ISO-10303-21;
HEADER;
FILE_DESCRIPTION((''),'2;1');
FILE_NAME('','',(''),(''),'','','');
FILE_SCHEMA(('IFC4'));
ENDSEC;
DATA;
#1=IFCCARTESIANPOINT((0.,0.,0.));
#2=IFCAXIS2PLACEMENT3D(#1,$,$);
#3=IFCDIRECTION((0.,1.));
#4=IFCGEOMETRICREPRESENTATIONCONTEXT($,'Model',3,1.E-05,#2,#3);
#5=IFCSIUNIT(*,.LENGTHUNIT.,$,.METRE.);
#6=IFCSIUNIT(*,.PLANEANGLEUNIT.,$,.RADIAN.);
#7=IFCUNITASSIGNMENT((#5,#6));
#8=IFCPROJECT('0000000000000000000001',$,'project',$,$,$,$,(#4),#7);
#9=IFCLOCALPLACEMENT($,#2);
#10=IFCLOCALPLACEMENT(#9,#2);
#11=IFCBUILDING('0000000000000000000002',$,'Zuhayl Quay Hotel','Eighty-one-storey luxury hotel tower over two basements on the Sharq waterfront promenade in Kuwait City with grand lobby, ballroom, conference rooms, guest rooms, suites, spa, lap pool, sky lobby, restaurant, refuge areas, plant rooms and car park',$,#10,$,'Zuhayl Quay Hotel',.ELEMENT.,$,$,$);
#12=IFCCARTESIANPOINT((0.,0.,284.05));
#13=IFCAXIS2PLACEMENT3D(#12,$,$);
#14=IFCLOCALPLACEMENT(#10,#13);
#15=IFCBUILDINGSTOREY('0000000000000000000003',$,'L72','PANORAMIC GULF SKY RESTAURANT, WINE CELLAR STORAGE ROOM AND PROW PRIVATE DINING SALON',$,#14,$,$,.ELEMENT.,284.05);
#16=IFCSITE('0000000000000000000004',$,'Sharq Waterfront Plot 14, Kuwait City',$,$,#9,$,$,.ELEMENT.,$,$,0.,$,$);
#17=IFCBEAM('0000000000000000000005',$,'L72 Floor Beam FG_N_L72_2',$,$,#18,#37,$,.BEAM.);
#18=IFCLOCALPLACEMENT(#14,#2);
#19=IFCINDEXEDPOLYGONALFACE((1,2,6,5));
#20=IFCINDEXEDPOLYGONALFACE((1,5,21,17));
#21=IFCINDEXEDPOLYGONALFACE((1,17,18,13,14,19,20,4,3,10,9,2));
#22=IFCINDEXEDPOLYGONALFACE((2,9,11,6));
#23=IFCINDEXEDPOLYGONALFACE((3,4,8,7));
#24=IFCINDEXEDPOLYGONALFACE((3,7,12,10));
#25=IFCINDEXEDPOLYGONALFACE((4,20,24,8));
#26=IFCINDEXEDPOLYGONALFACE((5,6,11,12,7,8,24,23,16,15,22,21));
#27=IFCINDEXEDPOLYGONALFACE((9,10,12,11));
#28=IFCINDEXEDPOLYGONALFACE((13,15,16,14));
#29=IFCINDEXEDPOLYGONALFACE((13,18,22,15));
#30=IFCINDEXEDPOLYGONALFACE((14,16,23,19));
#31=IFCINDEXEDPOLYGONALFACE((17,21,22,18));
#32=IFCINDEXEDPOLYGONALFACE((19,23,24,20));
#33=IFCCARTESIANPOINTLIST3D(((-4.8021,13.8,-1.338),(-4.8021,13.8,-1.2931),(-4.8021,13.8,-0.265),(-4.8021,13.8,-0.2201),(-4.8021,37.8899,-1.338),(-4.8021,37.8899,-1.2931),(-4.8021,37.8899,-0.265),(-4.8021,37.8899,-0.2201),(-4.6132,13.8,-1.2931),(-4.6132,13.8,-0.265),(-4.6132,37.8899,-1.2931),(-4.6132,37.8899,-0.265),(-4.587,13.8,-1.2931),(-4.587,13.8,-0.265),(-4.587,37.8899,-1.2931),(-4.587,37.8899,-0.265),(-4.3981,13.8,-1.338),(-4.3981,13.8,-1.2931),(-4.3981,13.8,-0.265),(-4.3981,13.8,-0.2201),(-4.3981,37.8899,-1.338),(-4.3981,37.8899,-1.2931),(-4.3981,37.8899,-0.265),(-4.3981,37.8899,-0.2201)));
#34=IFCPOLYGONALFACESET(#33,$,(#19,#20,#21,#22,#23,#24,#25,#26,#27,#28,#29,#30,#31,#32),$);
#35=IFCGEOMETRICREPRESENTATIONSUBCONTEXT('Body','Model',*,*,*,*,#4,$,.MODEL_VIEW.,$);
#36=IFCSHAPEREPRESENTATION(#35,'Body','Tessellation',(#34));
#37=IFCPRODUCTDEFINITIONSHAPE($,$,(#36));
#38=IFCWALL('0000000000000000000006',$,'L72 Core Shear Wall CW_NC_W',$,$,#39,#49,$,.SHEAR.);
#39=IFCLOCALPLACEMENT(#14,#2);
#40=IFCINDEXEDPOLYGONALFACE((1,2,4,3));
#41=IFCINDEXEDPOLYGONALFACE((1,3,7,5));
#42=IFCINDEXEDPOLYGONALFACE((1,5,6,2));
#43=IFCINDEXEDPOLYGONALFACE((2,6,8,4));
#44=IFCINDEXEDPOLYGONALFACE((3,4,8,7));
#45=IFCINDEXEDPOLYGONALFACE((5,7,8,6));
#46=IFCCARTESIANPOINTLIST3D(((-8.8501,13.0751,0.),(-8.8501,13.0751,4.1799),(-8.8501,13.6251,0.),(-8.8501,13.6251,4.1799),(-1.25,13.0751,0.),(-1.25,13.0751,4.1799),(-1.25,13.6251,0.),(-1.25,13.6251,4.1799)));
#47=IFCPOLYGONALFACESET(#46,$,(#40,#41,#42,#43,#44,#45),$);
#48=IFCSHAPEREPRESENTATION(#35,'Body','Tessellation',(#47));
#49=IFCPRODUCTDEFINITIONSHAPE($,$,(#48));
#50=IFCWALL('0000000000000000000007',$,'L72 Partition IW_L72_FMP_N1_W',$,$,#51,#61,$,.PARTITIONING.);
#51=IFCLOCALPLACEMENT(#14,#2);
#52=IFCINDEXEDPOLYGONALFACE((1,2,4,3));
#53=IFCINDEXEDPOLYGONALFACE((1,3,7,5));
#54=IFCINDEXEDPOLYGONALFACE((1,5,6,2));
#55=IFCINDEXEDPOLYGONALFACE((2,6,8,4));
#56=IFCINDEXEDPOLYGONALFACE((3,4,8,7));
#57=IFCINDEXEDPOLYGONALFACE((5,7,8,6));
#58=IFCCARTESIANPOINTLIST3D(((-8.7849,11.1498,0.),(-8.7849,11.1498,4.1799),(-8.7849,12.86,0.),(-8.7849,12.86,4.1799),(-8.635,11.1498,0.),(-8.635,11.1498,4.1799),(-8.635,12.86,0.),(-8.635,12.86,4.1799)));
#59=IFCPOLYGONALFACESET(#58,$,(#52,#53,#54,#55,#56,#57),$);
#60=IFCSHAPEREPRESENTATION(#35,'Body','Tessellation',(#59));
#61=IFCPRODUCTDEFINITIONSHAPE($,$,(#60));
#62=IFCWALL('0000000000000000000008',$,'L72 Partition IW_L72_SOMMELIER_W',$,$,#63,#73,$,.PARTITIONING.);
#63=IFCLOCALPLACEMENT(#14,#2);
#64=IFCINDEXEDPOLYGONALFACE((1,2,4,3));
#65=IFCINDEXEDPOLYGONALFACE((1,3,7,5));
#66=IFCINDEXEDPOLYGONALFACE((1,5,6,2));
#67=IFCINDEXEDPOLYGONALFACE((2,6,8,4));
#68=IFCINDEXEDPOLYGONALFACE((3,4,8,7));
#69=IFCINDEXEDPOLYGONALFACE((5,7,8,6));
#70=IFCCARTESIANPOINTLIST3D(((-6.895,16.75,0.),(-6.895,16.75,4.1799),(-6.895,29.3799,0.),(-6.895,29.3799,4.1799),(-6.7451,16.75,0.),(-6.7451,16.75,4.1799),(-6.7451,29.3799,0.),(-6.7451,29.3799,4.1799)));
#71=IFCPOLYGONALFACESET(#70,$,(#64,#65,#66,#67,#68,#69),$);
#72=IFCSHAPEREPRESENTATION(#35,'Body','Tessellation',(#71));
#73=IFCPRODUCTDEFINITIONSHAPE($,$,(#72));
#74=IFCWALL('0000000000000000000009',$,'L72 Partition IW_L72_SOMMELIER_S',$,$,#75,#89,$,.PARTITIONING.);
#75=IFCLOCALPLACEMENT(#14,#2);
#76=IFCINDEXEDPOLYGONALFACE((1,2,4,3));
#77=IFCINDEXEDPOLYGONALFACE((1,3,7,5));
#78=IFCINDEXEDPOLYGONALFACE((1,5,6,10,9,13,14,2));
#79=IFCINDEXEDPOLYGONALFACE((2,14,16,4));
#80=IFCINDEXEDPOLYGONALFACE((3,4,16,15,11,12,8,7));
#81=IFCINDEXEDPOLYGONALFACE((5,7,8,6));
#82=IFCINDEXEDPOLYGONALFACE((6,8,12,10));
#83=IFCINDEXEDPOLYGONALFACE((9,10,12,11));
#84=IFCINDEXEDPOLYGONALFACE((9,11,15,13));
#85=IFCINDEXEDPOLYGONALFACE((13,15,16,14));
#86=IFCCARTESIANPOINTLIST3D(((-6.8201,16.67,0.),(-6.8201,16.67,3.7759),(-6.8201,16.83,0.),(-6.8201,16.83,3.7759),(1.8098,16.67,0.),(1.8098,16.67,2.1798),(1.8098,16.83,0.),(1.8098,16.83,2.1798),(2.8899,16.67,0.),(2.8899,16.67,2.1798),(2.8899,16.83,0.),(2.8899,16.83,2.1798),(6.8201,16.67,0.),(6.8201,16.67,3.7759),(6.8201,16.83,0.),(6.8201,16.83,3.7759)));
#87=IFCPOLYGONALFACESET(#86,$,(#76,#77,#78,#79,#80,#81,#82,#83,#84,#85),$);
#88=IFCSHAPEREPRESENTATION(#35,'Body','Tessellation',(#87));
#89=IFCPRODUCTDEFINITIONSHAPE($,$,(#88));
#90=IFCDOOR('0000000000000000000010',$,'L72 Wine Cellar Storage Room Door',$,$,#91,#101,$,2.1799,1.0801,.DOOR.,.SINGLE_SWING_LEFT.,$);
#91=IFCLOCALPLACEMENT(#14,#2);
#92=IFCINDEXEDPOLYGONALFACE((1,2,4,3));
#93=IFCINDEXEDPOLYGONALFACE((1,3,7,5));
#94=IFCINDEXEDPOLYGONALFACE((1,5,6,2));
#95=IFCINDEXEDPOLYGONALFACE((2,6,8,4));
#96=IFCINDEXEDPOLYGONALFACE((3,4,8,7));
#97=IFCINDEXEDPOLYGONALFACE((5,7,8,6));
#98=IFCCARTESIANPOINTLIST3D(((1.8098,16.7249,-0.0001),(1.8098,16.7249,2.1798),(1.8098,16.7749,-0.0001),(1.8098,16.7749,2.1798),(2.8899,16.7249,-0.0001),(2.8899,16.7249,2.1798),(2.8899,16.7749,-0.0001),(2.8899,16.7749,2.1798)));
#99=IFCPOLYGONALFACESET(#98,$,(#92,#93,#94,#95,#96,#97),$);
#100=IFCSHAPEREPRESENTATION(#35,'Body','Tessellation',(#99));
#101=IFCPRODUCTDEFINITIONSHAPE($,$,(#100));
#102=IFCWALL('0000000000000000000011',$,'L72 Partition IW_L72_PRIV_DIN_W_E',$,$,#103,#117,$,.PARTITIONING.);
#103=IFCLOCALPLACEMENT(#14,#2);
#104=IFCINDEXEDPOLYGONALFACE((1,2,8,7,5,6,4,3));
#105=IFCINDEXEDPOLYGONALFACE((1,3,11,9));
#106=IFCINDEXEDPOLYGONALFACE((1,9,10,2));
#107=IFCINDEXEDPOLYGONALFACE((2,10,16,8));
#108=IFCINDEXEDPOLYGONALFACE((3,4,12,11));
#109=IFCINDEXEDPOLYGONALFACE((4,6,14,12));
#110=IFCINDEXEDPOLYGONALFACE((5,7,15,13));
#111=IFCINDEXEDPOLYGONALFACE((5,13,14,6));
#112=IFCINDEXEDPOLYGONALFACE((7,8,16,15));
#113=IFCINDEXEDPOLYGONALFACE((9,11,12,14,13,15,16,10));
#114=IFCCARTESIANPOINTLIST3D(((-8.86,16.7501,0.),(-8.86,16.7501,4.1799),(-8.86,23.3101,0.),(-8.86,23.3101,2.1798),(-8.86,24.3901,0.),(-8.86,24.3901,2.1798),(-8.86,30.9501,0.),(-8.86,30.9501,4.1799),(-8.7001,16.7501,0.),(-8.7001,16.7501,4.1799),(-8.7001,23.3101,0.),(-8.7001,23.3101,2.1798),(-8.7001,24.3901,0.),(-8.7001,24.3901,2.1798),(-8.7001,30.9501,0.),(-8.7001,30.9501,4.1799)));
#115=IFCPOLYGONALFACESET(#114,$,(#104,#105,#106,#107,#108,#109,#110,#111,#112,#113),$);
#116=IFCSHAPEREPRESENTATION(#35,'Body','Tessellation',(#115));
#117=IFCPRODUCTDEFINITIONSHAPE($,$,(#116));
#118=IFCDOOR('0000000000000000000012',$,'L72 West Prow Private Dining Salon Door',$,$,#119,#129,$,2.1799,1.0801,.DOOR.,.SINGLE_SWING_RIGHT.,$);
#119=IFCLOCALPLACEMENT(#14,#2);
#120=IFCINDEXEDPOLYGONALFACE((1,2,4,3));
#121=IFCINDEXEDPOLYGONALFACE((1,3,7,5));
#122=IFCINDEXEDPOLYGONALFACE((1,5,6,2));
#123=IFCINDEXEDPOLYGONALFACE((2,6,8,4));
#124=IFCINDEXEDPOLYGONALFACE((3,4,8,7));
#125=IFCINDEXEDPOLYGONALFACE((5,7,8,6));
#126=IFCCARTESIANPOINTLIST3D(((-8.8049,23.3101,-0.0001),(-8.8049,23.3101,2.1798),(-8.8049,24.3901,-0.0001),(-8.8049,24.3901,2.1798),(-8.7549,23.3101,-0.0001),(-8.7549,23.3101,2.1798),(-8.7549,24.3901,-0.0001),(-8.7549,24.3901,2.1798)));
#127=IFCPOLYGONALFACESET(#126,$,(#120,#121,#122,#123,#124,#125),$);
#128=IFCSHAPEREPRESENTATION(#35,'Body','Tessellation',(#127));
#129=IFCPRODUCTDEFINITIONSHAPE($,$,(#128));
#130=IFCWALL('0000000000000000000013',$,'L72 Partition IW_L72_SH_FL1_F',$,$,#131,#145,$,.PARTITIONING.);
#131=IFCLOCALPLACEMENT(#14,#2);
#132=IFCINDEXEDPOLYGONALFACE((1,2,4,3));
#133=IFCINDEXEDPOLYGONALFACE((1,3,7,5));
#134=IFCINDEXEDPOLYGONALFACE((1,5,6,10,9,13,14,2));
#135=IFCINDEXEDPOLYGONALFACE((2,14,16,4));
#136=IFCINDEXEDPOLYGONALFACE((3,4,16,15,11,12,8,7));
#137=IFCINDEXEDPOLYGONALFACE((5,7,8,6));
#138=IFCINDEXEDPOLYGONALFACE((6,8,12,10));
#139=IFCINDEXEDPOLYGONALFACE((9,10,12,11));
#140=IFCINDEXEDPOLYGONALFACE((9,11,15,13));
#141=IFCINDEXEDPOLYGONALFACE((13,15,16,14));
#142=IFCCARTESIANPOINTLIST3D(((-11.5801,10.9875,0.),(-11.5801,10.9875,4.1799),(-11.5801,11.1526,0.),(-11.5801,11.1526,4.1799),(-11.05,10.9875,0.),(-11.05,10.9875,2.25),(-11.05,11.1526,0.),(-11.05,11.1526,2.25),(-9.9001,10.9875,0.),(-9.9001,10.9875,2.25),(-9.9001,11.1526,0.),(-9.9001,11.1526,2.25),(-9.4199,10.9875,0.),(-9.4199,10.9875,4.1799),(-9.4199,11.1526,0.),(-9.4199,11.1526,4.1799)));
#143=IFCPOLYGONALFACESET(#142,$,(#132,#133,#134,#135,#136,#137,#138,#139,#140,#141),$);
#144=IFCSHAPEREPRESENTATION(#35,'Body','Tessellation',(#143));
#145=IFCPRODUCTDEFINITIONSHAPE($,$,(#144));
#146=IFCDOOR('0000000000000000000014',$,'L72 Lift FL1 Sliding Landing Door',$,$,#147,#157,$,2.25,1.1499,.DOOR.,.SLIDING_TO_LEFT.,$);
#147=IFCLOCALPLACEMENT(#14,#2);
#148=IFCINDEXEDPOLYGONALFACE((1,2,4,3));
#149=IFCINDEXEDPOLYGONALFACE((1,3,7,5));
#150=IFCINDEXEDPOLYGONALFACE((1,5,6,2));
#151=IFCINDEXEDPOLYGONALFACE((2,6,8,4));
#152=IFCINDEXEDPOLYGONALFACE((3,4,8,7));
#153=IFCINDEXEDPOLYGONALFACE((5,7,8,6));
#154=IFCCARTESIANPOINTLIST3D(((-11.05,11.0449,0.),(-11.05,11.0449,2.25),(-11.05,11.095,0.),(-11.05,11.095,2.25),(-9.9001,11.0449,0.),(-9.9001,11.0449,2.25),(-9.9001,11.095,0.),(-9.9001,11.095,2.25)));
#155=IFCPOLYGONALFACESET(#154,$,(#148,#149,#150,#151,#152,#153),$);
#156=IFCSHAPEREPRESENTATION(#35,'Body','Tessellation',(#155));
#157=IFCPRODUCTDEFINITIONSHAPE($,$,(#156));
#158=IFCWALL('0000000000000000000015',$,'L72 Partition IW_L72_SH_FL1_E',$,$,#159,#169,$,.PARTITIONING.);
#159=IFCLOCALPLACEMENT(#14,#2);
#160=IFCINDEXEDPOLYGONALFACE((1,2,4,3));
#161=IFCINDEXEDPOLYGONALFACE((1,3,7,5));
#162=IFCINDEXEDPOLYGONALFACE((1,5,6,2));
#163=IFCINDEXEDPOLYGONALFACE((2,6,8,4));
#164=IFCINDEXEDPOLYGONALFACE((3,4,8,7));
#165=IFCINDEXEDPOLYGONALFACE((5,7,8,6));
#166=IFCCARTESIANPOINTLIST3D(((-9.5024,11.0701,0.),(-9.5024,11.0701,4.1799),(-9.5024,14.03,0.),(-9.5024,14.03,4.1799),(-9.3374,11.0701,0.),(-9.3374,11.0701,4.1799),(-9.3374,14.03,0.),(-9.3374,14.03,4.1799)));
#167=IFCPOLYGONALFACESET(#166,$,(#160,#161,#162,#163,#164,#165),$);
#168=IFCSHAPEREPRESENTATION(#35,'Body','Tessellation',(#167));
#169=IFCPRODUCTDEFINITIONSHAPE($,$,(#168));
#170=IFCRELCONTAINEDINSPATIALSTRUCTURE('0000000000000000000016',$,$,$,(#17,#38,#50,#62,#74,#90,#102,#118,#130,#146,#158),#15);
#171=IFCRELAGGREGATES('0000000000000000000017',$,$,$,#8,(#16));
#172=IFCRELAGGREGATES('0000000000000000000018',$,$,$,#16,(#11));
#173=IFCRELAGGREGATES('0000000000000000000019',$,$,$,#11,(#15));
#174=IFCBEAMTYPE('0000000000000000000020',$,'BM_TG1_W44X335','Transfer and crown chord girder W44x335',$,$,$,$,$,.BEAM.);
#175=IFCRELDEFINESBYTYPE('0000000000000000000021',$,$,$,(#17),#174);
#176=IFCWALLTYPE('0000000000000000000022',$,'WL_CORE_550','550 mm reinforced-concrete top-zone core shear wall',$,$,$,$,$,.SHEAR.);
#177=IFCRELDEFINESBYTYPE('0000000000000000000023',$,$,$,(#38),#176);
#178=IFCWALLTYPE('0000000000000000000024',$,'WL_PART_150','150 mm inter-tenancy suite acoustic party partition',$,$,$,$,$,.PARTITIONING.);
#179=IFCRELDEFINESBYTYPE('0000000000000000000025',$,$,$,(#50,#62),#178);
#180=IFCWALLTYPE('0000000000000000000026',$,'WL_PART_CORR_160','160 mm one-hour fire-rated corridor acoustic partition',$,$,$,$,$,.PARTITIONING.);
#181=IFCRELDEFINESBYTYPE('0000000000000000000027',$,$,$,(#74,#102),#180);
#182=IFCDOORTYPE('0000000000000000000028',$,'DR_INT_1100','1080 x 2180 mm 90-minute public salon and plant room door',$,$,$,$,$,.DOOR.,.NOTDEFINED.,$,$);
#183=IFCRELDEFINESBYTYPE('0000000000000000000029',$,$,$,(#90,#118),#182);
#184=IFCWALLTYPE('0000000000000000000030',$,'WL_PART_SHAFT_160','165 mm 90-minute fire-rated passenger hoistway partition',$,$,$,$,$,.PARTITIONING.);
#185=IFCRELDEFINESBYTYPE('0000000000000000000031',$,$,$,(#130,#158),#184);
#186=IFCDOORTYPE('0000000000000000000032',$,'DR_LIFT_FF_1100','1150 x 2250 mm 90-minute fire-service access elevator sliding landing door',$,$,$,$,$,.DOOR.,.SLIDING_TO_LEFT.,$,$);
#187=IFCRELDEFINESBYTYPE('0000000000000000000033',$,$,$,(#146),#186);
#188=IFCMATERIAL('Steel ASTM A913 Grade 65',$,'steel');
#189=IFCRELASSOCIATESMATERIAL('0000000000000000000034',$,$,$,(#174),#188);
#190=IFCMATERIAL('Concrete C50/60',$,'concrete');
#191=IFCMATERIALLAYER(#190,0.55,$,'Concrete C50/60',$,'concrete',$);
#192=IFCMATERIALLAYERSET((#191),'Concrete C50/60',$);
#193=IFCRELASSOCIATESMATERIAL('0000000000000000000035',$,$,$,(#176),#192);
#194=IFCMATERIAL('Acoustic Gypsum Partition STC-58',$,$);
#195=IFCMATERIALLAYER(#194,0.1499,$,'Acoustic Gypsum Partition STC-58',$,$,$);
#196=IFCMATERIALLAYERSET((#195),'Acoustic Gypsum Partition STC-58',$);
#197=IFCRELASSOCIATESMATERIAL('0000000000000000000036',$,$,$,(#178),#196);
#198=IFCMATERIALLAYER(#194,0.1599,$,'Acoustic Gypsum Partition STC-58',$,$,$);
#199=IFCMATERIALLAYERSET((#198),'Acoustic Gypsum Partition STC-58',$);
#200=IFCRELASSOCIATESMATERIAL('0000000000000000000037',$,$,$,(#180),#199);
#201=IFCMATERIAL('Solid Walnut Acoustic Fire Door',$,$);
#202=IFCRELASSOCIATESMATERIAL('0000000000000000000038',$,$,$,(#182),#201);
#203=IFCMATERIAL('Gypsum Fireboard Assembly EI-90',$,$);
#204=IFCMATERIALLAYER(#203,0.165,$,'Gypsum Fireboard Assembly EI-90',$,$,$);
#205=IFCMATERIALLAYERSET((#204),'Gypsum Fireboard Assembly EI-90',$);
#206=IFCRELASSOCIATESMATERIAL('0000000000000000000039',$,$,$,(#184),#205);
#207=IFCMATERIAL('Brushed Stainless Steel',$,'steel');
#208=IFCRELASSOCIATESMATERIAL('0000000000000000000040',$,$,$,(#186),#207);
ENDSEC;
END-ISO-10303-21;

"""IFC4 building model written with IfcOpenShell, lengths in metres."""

from ifc_helpers import new_model, si_unit, direction, frame, frame_2d, origin, origin_2d, place, context, subcontext, project, spatial, rectangle, i_section, extrude, material, layer, layer_set, material_profile, profile_set, type_object, element, fill, save


model = new_model("IFC4")

# Units and contexts
model_context = context("Model", 3, precision=1e-05, world=origin(), true_north=direction((0.0, 1.0)))
body_context = subcontext(model_context, "Body", "Model", "MODEL_VIEW")
ifc_project = project(units=[si_unit("LENGTHUNIT", "METRE"), si_unit("PLANEANGLEUNIT", "RADIAN")], contexts=[model_context])

# Site, building, storey
site_placement = place(None, origin())
site = spatial("IfcSite", under=ifc_project, at=site_placement, Name="Sharq Waterfront Plot 14, Kuwait City", CompositionType="ELEMENT", RefElevation=0.0)
building_placement = place(site_placement, origin())
building = spatial("IfcBuilding", under=site, at=building_placement, Name="Zuhayl Quay Hotel", Description="Eighty-one-storey luxury hotel tower over two basements on the Sharq waterfront promenade in Kuwait City with grand lobby, ballroom, conference rooms, guest rooms, suites, spa, lap pool, sky lobby, restaurant, refuge areas, plant rooms and car park", LongName="Zuhayl Quay Hotel", CompositionType="ELEMENT")
storey_placement = place(building_placement, frame((0.0, 0.0, 284.05)))
storey = spatial("IfcBuildingStorey", under=building, at=storey_placement, Name="L72", Description="PANORAMIC GULF SKY RESTAURANT, WINE CELLAR STORAGE ROOM AND PROW PRIVATE DINING SALON", CompositionType="ELEMENT", Elevation=284.05)

# Beam
ifc_material_1 = material(Name="Steel ASTM A913 Grade 65", Category="steel")
ifc_material_profile_1 = material_profile(ifc_material_1, i_section(OverallWidth=0.4041, OverallDepth=1.1179, WebThickness=0.0261, FlangeThickness=0.0449, at=origin_2d()), Name="W44X335")
ifc_profile_set_1 = profile_set([ifc_material_profile_1], Name="Steel ASTM A913 Grade 65")
beam_type_1 = type_object("IfcBeamType", Name="BM_TG1_W44X335", Description="Transfer and crown chord girder W44x335", PredefinedType="BEAM", material=ifc_profile_set_1)
beam_1_placement = place(storey_placement, frame((-4.6001, 13.8, -0.7791), z_axis=(0.0, 1.0, 0.0), x_axis=(-1.0, 0.0, 0.0)))
element("IfcBeam", 1, at=beam_1_placement, inside=storey, type_object=beam_type_1, Name="L72 Floor Beam FG_N_L72_2", PredefinedType="BEAM", context=body_context, shape_type="SweptSolid", body=[
    extrude(i_section(OverallWidth=0.4041, OverallDepth=1.1179, WebThickness=0.0261, FlangeThickness=0.0449, at=origin_2d()), origin(), (0.0, 0.0, 1.0), 24.0898),
])

# Walls
ifc_material_2 = material(Name="Concrete C50/60", Category="concrete")
ifc_layer_1 = layer(ifc_material_2, 0.55, Name="Concrete C50/60", Category="concrete")
ifc_layer_set_1 = layer_set([ifc_layer_1], Name="Concrete C50/60")
wall_type_1 = type_object("IfcWallType", Name="WL_CORE_550", Description="550 mm reinforced-concrete top-zone core shear wall", PredefinedType="SHEAR", material=ifc_layer_set_1)
wall_1_placement = place(storey_placement, frame((-8.8501, 13.3501, 0.0), z_axis=(0.0, 0.0, 1.0), x_axis=(1.0, 0.0, 0.0)))
element("IfcWall", 2, at=wall_1_placement, inside=storey, type_object=wall_type_1, Name="L72 Core Shear Wall CW_NC_W", PredefinedType="SHEAR", context=body_context, shape_type="SweptSolid", body=[
    extrude(rectangle(XDim=7.6001, YDim=0.55, at=frame_2d((3.8, 0.0))), origin(), (0.0, 0.0, 1.0), 4.1799),
])
ifc_material_3 = material(Name="Acoustic Gypsum Partition STC-58")
ifc_layer_2 = layer(ifc_material_3, 0.1499, Name="Acoustic Gypsum Partition STC-58")
ifc_layer_set_2 = layer_set([ifc_layer_2], Name="Acoustic Gypsum Partition STC-58")
wall_type_2 = type_object("IfcWallType", Name="WL_PART_150", Description="150 mm inter-tenancy suite acoustic party partition", PredefinedType="PARTITIONING", material=ifc_layer_set_2)
wall_2_placement = place(storey_placement, frame((-8.71, 11.1499, 0.0), z_axis=(0.0, 0.0, 1.0), x_axis=(0.0, 1.0, 0.0)))
element("IfcWall", 3, at=wall_2_placement, inside=storey, type_object=wall_type_2, Name="L72 Partition IW_L72_FMP_N1_W", PredefinedType="PARTITIONING", context=body_context, shape_type="SweptSolid", body=[
    extrude(rectangle(XDim=1.7102, YDim=0.1499, at=frame_2d((0.855, 0.0))), origin(), (0.0, 0.0, 1.0), 4.1799),
])
wall_3_placement = place(storey_placement, frame((-6.8201, 16.75, 0.0), z_axis=(0.0, 0.0, 1.0), x_axis=(0.0, 1.0, 0.0)))
element("IfcWall", 4, at=wall_3_placement, inside=storey, type_object=wall_type_2, Name="L72 Partition IW_L72_SOMMELIER_W", PredefinedType="PARTITIONING", context=body_context, shape_type="SweptSolid", body=[
    extrude(rectangle(XDim=12.6299, YDim=0.1499, at=frame_2d((6.3149, 0.0))), origin(), (0.0, 0.0, 1.0), 4.1799),
])

# Walls, openings, doors
ifc_layer_3 = layer(ifc_material_3, 0.1599, Name="Acoustic Gypsum Partition STC-58")
ifc_layer_set_3 = layer_set([ifc_layer_3], Name="Acoustic Gypsum Partition STC-58")
wall_type_3 = type_object("IfcWallType", Name="WL_PART_CORR_160", Description="160 mm one-hour fire-rated corridor acoustic partition", PredefinedType="PARTITIONING", material=ifc_layer_set_3)
wall_4_placement = place(storey_placement, frame((-6.8201, 16.75, 0.0), z_axis=(0.0, 0.0, 1.0), x_axis=(1.0, 0.0, 0.0)))
wall_4 = element("IfcWall", 5, at=wall_4_placement, inside=storey, type_object=wall_type_3, Name="L72 Partition IW_L72_SOMMELIER_S", PredefinedType="PARTITIONING", context=body_context, shape_type="SweptSolid", body=[
    extrude(rectangle(XDim=13.6401, YDim=0.1599, at=frame_2d((6.8201, 0.0))), origin(), (0.0, 0.0, 1.0), 3.7759),
])
opening_1_placement = place(wall_4_placement, frame((8.6299, 0.0, 0.0)))
opening_1 = element("IfcOpeningElement", 6, at=opening_1_placement, cuts=wall_4, PredefinedType="OPENING", context=body_context, shape_type="SweptSolid", body=[
    extrude(rectangle(XDim=1.0801, YDim=2.1799, at=frame_2d((0.54, 1.0898))), frame((0.0, 0.0898, 0.0), z_axis=(0.0, -1.0, 0.0), x_axis=(1.0, 0.0, 0.0)), (0.0, 0.0, 1.0), 0.1799),
])
ifc_material_4 = material(Name="Solid Walnut Acoustic Fire Door")
door_type_1 = type_object("IfcDoorType", Name="DR_INT_1100", Description="1080 x 2180 mm 90-minute public salon and plant room door", OperationType="NOTDEFINED", PredefinedType="DOOR", material=ifc_material_4)
door_1_placement = place(opening_1_placement, origin())
door_1 = element("IfcDoor", 7, at=door_1_placement, inside=storey, type_object=door_type_1, Name="L72 Wine Cellar Storage Room Door", OperationType="SINGLE_SWING_LEFT", OverallHeight=2.1799, OverallWidth=1.0801, PredefinedType="DOOR", context=body_context, shape_type="SweptSolid", body=[
    extrude(rectangle(XDim=1.0801, YDim=2.1799, at=frame_2d((0.54, 1.0898))), frame((0.0, 0.0249, 0.0), z_axis=(0.0, -1.0, 0.0), x_axis=(1.0, 0.0, 0.0)), (0.0, 0.0, 1.0), 0.05),
])
fill(opening_1, door_1)
wall_5_placement = place(storey_placement, frame((-8.78, 16.75, 0.0), z_axis=(0.0, 0.0, 1.0), x_axis=(0.0, 1.0, 0.0)))
wall_5 = element("IfcWall", 8, at=wall_5_placement, inside=storey, type_object=wall_type_3, Name="L72 Partition IW_L72_PRIV_DIN_W_E", PredefinedType="PARTITIONING", context=body_context, shape_type="SweptSolid", body=[
    extrude(rectangle(XDim=14.2, YDim=0.1599, at=frame_2d((7.1001, 0.0))), origin(), (0.0, 0.0, 1.0), 4.1799),
])
opening_2_placement = place(wall_5_placement, frame((6.5601, 0.0, 0.0)))
opening_2 = element("IfcOpeningElement", 9, at=opening_2_placement, cuts=wall_5, PredefinedType="OPENING", context=body_context, shape_type="SweptSolid", body=[
    extrude(rectangle(XDim=1.0801, YDim=2.1799, at=frame_2d((0.54, 1.0898))), frame((0.0, 0.0898, 0.0), z_axis=(0.0, -1.0, 0.0), x_axis=(1.0, 0.0, 0.0)), (0.0, 0.0, 1.0), 0.1799),
])
door_2_placement = place(opening_2_placement, origin())
door_2 = element("IfcDoor", 10, at=door_2_placement, inside=storey, type_object=door_type_1, Name="L72 West Prow Private Dining Salon Door", OperationType="SINGLE_SWING_RIGHT", OverallHeight=2.1799, OverallWidth=1.0801, PredefinedType="DOOR", context=body_context, shape_type="SweptSolid", body=[
    extrude(rectangle(XDim=1.0801, YDim=2.1799, at=frame_2d((0.54, 1.0898))), frame((0.0, 0.0249, 0.0), z_axis=(0.0, -1.0, 0.0), x_axis=(1.0, 0.0, 0.0)), (0.0, 0.0, 1.0), 0.05),
])
fill(opening_2, door_2)
ifc_material_5 = material(Name="Gypsum Fireboard Assembly EI-90")
ifc_layer_4 = layer(ifc_material_5, 0.165, Name="Gypsum Fireboard Assembly EI-90")
ifc_layer_set_4 = layer_set([ifc_layer_4], Name="Gypsum Fireboard Assembly EI-90")
wall_type_4 = type_object("IfcWallType", Name="WL_PART_SHAFT_160", Description="165 mm 90-minute fire-rated passenger hoistway partition", PredefinedType="PARTITIONING", material=ifc_layer_set_4)
wall_6_placement = place(storey_placement, frame((-11.5801, 11.0701, 0.0), z_axis=(0.0, 0.0, 1.0), x_axis=(1.0, 0.0, 0.0)))
wall_6 = element("IfcWall", 11, at=wall_6_placement, inside=storey, type_object=wall_type_4, Name="L72 Partition IW_L72_SH_FL1_F", PredefinedType="PARTITIONING", context=body_context, shape_type="SweptSolid", body=[
    extrude(rectangle(XDim=2.1602, YDim=0.165, at=frame_2d((1.0801, 0.0))), origin(), (0.0, 0.0, 1.0), 4.1799),
])
opening_3_placement = place(wall_6_placement, frame((0.53, 0.0, 0.0)))
opening_3 = element("IfcOpeningElement", 12, at=opening_3_placement, cuts=wall_6, PredefinedType="OPENING", context=body_context, shape_type="SweptSolid", body=[
    extrude(rectangle(XDim=1.1499, YDim=2.25, at=frame_2d((0.575, 1.125))), frame((0.0, 0.0925, 0.0), z_axis=(0.0, -1.0, 0.0), x_axis=(1.0, 0.0, 0.0)), (0.0, 0.0, 1.0), 0.1851),
])
ifc_material_6 = material(Name="Brushed Stainless Steel", Category="steel")
door_type_2 = type_object("IfcDoorType", Name="DR_LIFT_FF_1100", Description="1150 x 2250 mm 90-minute fire-service access elevator sliding landing door", OperationType="SLIDING_TO_LEFT", PredefinedType="DOOR", material=ifc_material_6)
door_3_placement = place(opening_3_placement, origin())
door_3 = element("IfcDoor", 13, at=door_3_placement, inside=storey, type_object=door_type_2, Name="L72 Lift FL1 Sliding Landing Door", OperationType="SLIDING_TO_LEFT", OverallHeight=2.25, OverallWidth=1.1499, PredefinedType="DOOR", context=body_context, shape_type="SweptSolid", body=[
    extrude(rectangle(XDim=1.1499, YDim=2.25, at=frame_2d((0.575, 1.125))), frame((0.0, 0.0249, 0.0), z_axis=(0.0, -1.0, 0.0), x_axis=(1.0, 0.0, 0.0)), (0.0, 0.0, 1.0), 0.05),
])
fill(opening_3, door_3)

# Wall
wall_7_placement = place(storey_placement, frame((-9.4199, 11.0701, 0.0), z_axis=(0.0, 0.0, 1.0), x_axis=(0.0, 1.0, 0.0)))
element("IfcWall", 14, at=wall_7_placement, inside=storey, type_object=wall_type_4, Name="L72 Partition IW_L72_SH_FL1_E", PredefinedType="PARTITIONING", context=body_context, shape_type="SweptSolid", body=[
    extrude(rectangle(XDim=2.96, YDim=0.165, at=frame_2d((1.48, 0.0))), origin(), (0.0, 0.0, 1.0), 4.1799),
])

save(model, "model.ifc")
